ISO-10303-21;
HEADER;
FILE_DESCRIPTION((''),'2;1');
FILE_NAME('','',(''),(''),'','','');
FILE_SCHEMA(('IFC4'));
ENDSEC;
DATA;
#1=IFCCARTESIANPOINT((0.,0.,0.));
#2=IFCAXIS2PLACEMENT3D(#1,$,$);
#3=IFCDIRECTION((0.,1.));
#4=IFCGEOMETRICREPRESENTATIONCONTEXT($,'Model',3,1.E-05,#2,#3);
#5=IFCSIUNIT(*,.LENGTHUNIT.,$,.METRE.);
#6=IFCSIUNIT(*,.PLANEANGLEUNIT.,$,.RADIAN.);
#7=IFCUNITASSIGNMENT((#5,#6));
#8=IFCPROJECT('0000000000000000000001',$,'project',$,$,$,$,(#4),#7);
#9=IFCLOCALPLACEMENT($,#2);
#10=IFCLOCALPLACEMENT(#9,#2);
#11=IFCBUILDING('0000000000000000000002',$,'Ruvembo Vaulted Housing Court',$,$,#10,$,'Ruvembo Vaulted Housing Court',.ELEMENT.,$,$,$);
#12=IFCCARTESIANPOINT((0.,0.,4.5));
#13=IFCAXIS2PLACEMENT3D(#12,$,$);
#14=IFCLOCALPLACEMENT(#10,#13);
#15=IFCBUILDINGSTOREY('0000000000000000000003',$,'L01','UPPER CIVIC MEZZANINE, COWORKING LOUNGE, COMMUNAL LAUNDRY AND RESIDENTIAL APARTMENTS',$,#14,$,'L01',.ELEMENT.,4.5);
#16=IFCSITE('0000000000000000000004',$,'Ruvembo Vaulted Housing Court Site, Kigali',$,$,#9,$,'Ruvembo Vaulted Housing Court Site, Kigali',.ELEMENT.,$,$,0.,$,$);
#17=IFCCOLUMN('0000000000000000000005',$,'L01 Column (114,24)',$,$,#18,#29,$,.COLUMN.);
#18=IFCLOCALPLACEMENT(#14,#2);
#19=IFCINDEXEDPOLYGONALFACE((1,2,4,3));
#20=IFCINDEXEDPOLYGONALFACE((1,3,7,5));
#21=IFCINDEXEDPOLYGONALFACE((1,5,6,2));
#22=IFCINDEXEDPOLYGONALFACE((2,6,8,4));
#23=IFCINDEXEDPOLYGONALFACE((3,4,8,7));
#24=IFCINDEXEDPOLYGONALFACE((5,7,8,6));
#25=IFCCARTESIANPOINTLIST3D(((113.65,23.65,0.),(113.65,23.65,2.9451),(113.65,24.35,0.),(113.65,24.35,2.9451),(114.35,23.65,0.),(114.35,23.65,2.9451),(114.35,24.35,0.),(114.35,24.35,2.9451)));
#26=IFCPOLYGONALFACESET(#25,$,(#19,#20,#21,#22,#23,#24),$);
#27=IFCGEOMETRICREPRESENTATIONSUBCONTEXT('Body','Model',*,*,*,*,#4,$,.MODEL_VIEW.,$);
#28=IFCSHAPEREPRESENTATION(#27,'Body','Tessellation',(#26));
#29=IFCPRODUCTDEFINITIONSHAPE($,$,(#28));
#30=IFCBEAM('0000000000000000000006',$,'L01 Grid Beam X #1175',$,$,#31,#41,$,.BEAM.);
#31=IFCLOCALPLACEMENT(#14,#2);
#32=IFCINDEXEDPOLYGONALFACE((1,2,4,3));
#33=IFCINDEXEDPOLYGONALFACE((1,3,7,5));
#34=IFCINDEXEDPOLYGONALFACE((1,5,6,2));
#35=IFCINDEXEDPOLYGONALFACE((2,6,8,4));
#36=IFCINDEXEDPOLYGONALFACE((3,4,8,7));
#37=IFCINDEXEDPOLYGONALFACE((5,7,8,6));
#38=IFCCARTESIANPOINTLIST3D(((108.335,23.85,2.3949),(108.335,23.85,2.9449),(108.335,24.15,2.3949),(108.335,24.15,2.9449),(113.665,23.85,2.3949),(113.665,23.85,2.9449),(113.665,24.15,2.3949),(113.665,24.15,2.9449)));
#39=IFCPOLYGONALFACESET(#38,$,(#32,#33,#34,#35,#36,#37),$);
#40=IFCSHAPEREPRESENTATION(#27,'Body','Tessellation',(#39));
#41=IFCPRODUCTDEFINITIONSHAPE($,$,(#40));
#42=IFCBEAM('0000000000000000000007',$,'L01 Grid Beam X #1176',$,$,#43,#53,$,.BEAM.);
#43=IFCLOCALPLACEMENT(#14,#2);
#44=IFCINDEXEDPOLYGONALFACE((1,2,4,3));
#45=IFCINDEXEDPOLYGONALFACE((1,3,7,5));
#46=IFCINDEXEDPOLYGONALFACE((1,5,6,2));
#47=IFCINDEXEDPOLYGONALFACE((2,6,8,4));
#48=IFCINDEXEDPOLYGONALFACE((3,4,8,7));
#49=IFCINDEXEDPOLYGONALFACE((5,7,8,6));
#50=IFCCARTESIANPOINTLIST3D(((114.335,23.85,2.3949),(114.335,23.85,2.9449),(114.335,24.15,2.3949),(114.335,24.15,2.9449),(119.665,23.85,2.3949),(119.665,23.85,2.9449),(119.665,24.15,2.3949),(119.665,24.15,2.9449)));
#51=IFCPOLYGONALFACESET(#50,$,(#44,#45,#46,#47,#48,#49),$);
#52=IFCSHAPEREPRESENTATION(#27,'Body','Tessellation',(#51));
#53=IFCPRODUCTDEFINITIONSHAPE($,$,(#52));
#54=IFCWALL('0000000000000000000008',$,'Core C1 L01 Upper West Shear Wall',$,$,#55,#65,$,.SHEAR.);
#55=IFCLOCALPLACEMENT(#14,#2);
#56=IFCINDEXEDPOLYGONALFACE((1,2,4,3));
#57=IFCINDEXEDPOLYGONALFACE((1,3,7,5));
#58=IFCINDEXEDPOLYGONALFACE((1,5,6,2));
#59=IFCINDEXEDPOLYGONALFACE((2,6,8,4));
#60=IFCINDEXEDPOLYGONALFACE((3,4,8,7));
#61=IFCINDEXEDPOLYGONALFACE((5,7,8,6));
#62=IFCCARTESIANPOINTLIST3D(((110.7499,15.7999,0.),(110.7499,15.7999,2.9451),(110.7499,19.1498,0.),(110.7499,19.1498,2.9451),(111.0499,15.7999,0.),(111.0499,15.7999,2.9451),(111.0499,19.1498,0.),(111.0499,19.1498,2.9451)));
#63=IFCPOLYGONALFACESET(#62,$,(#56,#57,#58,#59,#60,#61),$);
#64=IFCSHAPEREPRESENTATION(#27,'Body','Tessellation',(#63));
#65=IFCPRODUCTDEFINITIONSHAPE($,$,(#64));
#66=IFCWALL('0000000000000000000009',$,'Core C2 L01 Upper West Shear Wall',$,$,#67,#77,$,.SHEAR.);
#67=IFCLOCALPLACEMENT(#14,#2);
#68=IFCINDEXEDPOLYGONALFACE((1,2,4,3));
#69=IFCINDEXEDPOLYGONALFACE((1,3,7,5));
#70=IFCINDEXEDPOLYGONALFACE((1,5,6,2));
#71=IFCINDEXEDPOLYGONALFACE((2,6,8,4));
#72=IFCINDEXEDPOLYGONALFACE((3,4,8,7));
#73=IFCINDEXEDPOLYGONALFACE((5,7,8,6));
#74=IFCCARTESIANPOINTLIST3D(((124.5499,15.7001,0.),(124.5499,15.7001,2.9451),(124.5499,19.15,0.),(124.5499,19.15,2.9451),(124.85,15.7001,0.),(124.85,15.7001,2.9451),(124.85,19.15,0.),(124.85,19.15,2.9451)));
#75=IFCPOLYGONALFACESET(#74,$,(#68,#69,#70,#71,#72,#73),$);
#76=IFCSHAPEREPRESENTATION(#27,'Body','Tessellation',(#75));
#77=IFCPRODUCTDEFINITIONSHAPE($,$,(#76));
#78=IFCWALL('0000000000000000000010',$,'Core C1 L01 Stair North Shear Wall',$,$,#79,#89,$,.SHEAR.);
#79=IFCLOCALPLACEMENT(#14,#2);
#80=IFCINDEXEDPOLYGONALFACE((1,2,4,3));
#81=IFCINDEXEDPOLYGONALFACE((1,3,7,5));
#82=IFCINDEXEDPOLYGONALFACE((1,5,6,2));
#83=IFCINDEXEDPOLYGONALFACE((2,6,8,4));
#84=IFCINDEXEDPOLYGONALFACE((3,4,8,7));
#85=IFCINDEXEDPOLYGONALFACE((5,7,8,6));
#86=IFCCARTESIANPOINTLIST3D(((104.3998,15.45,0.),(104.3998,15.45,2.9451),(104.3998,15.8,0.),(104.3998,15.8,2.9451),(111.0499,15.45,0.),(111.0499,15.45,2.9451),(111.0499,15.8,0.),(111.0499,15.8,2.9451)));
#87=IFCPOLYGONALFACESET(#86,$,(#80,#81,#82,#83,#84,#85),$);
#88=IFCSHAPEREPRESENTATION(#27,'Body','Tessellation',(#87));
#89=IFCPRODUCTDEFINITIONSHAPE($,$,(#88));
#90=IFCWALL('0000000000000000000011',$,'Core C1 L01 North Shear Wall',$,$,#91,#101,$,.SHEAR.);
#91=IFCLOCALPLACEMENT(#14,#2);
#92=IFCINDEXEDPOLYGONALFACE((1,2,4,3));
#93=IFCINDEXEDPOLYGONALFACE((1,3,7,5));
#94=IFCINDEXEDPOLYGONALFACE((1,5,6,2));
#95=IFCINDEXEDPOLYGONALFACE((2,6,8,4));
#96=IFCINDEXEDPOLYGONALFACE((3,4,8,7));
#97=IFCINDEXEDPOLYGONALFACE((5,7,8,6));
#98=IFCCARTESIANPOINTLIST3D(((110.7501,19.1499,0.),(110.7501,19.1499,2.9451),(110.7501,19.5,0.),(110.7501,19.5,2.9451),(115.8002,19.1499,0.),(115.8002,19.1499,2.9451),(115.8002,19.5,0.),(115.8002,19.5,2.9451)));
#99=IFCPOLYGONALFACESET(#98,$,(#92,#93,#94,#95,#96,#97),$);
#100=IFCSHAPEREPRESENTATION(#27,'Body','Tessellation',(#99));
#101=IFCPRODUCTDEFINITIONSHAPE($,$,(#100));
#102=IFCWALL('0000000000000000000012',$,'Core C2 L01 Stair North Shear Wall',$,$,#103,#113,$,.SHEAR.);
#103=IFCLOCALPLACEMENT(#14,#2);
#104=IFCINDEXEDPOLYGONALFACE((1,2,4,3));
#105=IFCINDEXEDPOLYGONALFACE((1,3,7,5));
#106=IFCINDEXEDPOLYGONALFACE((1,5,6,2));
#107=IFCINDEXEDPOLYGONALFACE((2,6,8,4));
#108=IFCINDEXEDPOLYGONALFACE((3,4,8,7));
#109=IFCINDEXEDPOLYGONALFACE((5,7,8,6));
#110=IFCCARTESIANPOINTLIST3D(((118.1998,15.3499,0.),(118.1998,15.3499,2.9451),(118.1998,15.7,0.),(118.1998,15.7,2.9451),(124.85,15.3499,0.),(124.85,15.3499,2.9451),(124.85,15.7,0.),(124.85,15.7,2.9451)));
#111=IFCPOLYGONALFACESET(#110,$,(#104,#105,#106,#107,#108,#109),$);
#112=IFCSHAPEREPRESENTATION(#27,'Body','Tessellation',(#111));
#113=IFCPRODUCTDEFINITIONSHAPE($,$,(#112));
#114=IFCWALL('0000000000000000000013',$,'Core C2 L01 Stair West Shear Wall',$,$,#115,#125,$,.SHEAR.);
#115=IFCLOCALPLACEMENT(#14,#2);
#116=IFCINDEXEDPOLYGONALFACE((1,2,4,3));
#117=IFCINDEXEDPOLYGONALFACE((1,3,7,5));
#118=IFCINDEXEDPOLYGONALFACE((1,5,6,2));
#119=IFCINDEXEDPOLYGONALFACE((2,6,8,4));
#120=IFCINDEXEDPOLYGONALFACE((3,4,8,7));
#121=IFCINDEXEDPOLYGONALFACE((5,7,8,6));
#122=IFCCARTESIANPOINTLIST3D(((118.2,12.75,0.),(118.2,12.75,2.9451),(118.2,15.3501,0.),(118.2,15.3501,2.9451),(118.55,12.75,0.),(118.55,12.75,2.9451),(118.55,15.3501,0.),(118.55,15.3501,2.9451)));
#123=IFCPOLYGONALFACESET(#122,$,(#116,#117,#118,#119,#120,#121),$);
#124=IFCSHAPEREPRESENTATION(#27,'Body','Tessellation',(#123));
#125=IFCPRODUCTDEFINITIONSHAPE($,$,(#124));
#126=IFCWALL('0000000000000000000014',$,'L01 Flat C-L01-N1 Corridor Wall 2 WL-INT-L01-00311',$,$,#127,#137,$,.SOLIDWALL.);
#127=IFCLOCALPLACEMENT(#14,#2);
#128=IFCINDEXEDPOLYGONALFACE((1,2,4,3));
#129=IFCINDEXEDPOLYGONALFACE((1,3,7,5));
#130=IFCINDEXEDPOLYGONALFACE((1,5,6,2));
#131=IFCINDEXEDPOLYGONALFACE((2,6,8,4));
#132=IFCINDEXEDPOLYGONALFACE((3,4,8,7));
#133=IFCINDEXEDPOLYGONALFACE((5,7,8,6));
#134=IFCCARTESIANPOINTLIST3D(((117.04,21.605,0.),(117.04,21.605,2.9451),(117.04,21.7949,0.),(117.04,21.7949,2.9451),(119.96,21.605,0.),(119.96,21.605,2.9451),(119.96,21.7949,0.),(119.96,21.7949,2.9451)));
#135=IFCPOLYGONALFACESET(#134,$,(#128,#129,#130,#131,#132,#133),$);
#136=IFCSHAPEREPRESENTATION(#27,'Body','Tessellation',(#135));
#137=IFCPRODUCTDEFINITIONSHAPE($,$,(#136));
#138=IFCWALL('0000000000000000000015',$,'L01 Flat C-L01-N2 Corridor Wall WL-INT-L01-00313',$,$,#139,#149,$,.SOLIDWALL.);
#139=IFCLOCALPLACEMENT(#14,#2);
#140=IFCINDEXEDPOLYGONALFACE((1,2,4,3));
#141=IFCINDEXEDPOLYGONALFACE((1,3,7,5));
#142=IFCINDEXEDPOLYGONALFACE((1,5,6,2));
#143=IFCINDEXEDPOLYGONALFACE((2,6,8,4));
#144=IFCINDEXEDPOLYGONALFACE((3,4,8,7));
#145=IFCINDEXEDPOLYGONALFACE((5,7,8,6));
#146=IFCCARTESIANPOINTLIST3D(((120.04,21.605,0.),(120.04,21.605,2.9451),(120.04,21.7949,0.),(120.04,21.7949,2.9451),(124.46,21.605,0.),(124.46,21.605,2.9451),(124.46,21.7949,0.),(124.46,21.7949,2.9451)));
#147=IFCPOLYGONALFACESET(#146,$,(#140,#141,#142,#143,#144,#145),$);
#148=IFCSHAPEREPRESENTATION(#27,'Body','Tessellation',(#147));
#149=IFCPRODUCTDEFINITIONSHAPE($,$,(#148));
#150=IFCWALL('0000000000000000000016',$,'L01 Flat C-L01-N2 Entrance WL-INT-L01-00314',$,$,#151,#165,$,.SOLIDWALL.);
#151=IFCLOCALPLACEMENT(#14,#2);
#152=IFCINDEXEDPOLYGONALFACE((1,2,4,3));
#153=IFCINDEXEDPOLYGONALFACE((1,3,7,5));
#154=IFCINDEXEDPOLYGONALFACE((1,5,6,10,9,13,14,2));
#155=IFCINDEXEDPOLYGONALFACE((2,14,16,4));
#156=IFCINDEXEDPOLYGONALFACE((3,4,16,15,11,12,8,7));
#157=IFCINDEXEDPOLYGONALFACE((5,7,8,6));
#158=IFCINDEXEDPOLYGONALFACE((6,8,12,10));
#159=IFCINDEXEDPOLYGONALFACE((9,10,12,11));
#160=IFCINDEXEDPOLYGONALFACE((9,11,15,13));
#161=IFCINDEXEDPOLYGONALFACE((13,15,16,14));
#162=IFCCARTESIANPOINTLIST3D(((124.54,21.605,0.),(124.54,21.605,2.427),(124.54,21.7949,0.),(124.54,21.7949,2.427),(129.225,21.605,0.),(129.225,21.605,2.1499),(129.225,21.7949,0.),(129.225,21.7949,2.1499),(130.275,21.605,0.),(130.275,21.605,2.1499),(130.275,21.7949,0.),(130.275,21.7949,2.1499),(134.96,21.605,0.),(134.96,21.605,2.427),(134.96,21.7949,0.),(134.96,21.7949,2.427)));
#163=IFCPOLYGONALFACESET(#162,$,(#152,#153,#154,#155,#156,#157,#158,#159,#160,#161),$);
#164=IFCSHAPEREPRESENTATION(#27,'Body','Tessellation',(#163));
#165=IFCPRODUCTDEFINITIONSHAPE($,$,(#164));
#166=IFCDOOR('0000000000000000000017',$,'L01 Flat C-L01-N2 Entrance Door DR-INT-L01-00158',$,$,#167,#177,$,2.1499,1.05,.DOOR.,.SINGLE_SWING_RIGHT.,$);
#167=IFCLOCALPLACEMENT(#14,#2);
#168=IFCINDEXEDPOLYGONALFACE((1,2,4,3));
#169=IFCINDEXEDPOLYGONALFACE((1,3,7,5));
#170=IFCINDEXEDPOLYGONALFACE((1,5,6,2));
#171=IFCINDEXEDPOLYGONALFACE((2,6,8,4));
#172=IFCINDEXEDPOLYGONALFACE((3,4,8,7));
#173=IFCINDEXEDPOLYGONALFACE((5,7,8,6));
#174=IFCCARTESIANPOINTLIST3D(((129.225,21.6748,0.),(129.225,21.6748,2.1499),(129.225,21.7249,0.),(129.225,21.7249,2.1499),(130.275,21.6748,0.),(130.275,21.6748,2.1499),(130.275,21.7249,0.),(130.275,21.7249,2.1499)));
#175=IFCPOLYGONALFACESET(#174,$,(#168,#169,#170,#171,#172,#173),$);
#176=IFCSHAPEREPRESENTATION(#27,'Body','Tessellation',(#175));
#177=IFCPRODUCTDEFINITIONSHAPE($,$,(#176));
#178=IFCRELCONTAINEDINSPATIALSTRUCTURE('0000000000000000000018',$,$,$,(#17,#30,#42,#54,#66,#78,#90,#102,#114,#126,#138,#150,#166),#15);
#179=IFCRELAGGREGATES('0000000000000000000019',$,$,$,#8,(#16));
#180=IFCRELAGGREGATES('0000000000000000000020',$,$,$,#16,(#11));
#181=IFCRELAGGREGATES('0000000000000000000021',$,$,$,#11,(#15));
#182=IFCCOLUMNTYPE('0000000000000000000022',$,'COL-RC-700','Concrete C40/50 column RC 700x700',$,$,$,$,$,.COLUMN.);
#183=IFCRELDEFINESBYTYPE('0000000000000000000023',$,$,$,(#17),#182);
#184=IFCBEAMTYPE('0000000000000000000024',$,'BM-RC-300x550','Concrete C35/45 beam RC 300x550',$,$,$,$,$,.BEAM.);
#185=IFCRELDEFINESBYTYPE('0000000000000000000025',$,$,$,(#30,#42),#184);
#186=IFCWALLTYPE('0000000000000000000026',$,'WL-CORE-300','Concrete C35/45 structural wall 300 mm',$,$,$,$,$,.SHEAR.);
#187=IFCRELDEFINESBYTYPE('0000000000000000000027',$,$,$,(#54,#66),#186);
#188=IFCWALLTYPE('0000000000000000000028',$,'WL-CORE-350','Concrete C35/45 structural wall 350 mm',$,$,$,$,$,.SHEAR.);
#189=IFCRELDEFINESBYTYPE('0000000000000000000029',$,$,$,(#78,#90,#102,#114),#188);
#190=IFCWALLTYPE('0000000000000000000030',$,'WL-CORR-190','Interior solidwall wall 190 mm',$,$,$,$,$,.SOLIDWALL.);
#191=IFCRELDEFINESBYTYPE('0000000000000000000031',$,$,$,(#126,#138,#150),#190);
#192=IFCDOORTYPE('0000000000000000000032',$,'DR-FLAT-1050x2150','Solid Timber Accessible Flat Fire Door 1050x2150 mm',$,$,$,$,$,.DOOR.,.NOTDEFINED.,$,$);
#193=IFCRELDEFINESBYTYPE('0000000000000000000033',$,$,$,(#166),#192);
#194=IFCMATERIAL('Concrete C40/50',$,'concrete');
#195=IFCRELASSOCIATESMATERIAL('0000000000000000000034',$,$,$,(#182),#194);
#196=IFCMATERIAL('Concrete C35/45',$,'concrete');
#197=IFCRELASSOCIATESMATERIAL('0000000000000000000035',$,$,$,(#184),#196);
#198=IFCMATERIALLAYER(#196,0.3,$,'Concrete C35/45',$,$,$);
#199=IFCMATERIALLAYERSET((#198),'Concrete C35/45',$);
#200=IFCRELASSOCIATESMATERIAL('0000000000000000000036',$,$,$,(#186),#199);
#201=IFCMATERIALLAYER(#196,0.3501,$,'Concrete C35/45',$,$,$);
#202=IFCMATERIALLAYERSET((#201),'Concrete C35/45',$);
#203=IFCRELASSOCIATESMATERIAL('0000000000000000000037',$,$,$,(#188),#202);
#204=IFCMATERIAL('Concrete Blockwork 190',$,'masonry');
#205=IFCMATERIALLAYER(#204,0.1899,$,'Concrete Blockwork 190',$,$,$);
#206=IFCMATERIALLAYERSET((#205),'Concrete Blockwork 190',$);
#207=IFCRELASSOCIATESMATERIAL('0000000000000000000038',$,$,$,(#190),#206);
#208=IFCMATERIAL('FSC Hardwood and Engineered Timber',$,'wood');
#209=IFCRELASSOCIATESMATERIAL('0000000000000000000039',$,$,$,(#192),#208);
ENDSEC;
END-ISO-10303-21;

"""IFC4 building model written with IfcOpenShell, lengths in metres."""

from ifc_helpers import new_model, si_unit, direction, frame, frame_2d, origin, origin_2d, place, context, subcontext, project, spatial, rectangle, extrude, material, layer, layer_set, material_profile, profile_set, type_object, element, fill, save


model = new_model("IFC4")

# Units and contexts
model_context = context("Model", 3, precision=1e-05, world=origin(), true_north=direction((0.0, 1.0)))
body_context = subcontext(model_context, "Body", "Model", "MODEL_VIEW")
ifc_project = project(units=[si_unit("LENGTHUNIT", "METRE"), si_unit("PLANEANGLEUNIT", "RADIAN")], contexts=[model_context])

# Site, building, storey
site_placement = place(None, origin())
site = spatial("IfcSite", under=ifc_project, at=site_placement, Name="Ruvembo Vaulted Housing Court Site, Kigali", LongName="Ruvembo Vaulted Housing Court Site, Kigali", CompositionType="ELEMENT", RefElevation=0.0)
building_placement = place(site_placement, origin())
building = spatial("IfcBuilding", under=site, at=building_placement, Name="Ruvembo Vaulted Housing Court", LongName="Ruvembo Vaulted Housing Court", CompositionType="ELEMENT")
storey_placement = place(building_placement, frame((0.0, 0.0, 4.5)))
storey = spatial("IfcBuildingStorey", under=building, at=storey_placement, Name="L01", Description="UPPER CIVIC MEZZANINE, COWORKING LOUNGE, COMMUNAL LAUNDRY AND RESIDENTIAL APARTMENTS", LongName="L01", CompositionType="ELEMENT", Elevation=4.5)

# Column
ifc_material_1 = material(Name="Concrete C40/50", Category="concrete")
ifc_material_profile_1 = material_profile(ifc_material_1, rectangle(XDim=0.7, YDim=0.7, at=origin_2d()), Name="RC 700x700")
ifc_profile_set_1 = profile_set([ifc_material_profile_1], Name="Concrete C40/50")
column_type = type_object("IfcColumnType", Name="COL-RC-700", Description="Concrete C40/50 column RC 700x700", PredefinedType="COLUMN", material=ifc_profile_set_1)
column_placement = place(storey_placement, frame((114.0, 24.0, 0.0), z_axis=(0.0, 0.0, 1.0), x_axis=(1.0, 0.0, 0.0)))
element("IfcColumn", 1, at=column_placement, inside=storey, type_object=column_type, Name="L01 Column (114,24)", PredefinedType="COLUMN", context=body_context, shape_type="SweptSolid", body=[
    extrude(rectangle(XDim=0.7, YDim=0.7, at=origin_2d()), origin(), (0.0, 0.0, 1.0), 2.9451),
])

# Beams
ifc_material_2 = material(Name="Concrete C35/45", Category="concrete")
ifc_material_profile_2 = material_profile(ifc_material_2, rectangle(XDim=0.3, YDim=0.55, at=origin_2d()), Name="RC 300x550")
ifc_profile_set_2 = profile_set([ifc_material_profile_2], Name="Concrete C35/45")
beam_type = type_object("IfcBeamType", Name="BM-RC-300x550", Description="Concrete C35/45 beam RC 300x550", PredefinedType="BEAM", material=ifc_profile_set_2)
for number, where, z_axis, x_axis, name in (
    (2, (108.335, 24.0, 2.6699), (1.0, 0.0, 0.0), (0.0, 1.0, 0.0), "L01 Grid Beam X #1175"),
    (3, (114.335, 24.0, 2.6699), (1.0, 0.0, 0.0), (0.0, 1.0, 0.0), "L01 Grid Beam X #1176"),
):
    element("IfcBeam", number, at=place(storey_placement, frame(where, z_axis=z_axis, x_axis=x_axis)), inside=storey, type_object=beam_type, Name=name, PredefinedType="BEAM", context=body_context, shape_type="SweptSolid", body=[
        extrude(rectangle(XDim=0.3, YDim=0.55, at=origin_2d()), origin(), (0.0, 0.0, 1.0), 5.3301),
    ])

# Walls
ifc_layer_1 = layer(ifc_material_2, 0.3, Name="Concrete C35/45")
ifc_layer_set_1 = layer_set([ifc_layer_1], Name="Concrete C35/45")
wall_type_1 = type_object("IfcWallType", Name="WL-CORE-300", Description="Concrete C35/45 structural wall 300 mm", PredefinedType="SHEAR", material=ifc_layer_set_1)
wall_1_placement = place(storey_placement, frame((110.8999, 15.8, 0.0), z_axis=(0.0, 0.0, 1.0), x_axis=(0.0, 1.0, 0.0)))
element("IfcWall", 4, at=wall_1_placement, inside=storey, type_object=wall_type_1, Name="Core C1 L01 Upper West Shear Wall", PredefinedType="SHEAR", context=body_context, shape_type="SweptSolid", body=[
    extrude(rectangle(XDim=3.3499, YDim=0.3, at=frame_2d((1.6748, 0.0))), origin(), (0.0, 0.0, 1.0), 2.9451),
])
wall_2_placement = place(storey_placement, frame((124.7, 15.7, 0.0), z_axis=(0.0, 0.0, 1.0), x_axis=(0.0, 1.0, 0.0)))
element("IfcWall", 5, at=wall_2_placement, inside=storey, type_object=wall_type_1, Name="Core C2 L01 Upper West Shear Wall", PredefinedType="SHEAR", context=body_context, shape_type="SweptSolid", body=[
    extrude(rectangle(XDim=3.45, YDim=0.3, at=frame_2d((1.7251, 0.0))), origin(), (0.0, 0.0, 1.0), 2.9451),
])
ifc_layer_2 = layer(ifc_material_2, 0.3501, Name="Concrete C35/45")
ifc_layer_set_2 = layer_set([ifc_layer_2], Name="Concrete C35/45")
wall_type_2 = type_object("IfcWallType", Name="WL-CORE-350", Description="Concrete C35/45 structural wall 350 mm", PredefinedType="SHEAR", material=ifc_layer_set_2)
wall_3_placement = place(storey_placement, frame((111.05, 15.625, 0.0), z_axis=(0.0, 0.0, 1.0), x_axis=(-1.0, 0.0, 0.0)))
element("IfcWall", 6, at=wall_3_placement, inside=storey, type_object=wall_type_2, Name="Core C1 L01 Stair North Shear Wall", PredefinedType="SHEAR", context=body_context, shape_type="SweptSolid", body=[
    extrude(rectangle(XDim=6.6501, YDim=0.3501, at=frame_2d((3.3252, 0.0))), origin(), (0.0, 0.0, 1.0), 2.9451),
])
wall_4_placement = place(storey_placement, frame((115.8, 19.325, 0.0), z_axis=(0.0, 0.0, 1.0), x_axis=(-1.0, 0.0, 0.0)))
element("IfcWall", 7, at=wall_4_placement, inside=storey, type_object=wall_type_2, Name="Core C1 L01 North Shear Wall", PredefinedType="SHEAR", context=body_context, shape_type="SweptSolid", body=[
    extrude(rectangle(XDim=5.05, YDim=0.3501, at=frame_2d((2.5249, 0.0))), origin(), (0.0, 0.0, 1.0), 2.9451),
])
wall_5_placement = place(storey_placement, frame((124.8501, 15.5249, 0.0), z_axis=(0.0, 0.0, 1.0), x_axis=(-1.0, 0.0, 0.0)))
element("IfcWall", 8, at=wall_5_placement, inside=storey, type_object=wall_type_2, Name="Core C2 L01 Stair North Shear Wall", PredefinedType="SHEAR", context=body_context, shape_type="SweptSolid", body=[
    extrude(rectangle(XDim=6.6501, YDim=0.3501, at=frame_2d((3.3252, 0.0))), origin(), (0.0, 0.0, 1.0), 2.9451),
])
wall_6_placement = place(storey_placement, frame((118.375, 15.3501, 0.0), z_axis=(0.0, 0.0, 1.0), x_axis=(0.0, -1.0, 0.0)))
element("IfcWall", 9, at=wall_6_placement, inside=storey, type_object=wall_type_2, Name="Core C2 L01 Stair West Shear Wall", PredefinedType="SHEAR", context=body_context, shape_type="SweptSolid", body=[
    extrude(rectangle(XDim=2.6001, YDim=0.3501, at=frame_2d((1.3, 0.0))), origin(), (0.0, 0.0, 1.0), 2.9451),
])
ifc_material_3 = material(Name="Concrete Blockwork 190", Category="masonry")
ifc_layer_3 = layer(ifc_material_3, 0.1899, Name="Concrete Blockwork 190")
ifc_layer_set_3 = layer_set([ifc_layer_3], Name="Concrete Blockwork 190")
wall_type_3 = type_object("IfcWallType", Name="WL-CORR-190", Description="Interior solidwall wall 190 mm", PredefinedType="SOLIDWALL", material=ifc_layer_set_3)
wall_7_placement = place(storey_placement, frame((117.04, 21.7, 0.0), z_axis=(0.0, 0.0, 1.0), x_axis=(1.0, 0.0, 0.0)))
element("IfcWall", 10, at=wall_7_placement, inside=storey, type_object=wall_type_3, Name="L01 Flat C-L01-N1 Corridor Wall 2 WL-INT-L01-00311", PredefinedType="SOLIDWALL", context=body_context, shape_type="SweptSolid", body=[
    extrude(rectangle(XDim=2.9199, YDim=0.1899, at=frame_2d((1.46, 0.0))), origin(), (0.0, 0.0, 1.0), 2.9451),
])
wall_8_placement = place(storey_placement, frame((120.04, 21.7, 0.0), z_axis=(0.0, 0.0, 1.0), x_axis=(1.0, 0.0, 0.0)))
element("IfcWall", 11, at=wall_8_placement, inside=storey, type_object=wall_type_3, Name="L01 Flat C-L01-N2 Corridor Wall WL-INT-L01-00313", PredefinedType="SOLIDWALL", context=body_context, shape_type="SweptSolid", body=[
    extrude(rectangle(XDim=4.4199, YDim=0.1899, at=frame_2d((2.21, 0.0))), origin(), (0.0, 0.0, 1.0), 2.9451),
])

# Wall, opening, door
wall_9_placement = place(storey_placement, frame((124.54, 21.7, 0.0), z_axis=(0.0, 0.0, 1.0), x_axis=(1.0, 0.0, 0.0)))
wall_9 = element("IfcWall", 12, at=wall_9_placement, inside=storey, type_object=wall_type_3, Name="L01 Flat C-L01-N2 Entrance WL-INT-L01-00314", PredefinedType="SOLIDWALL", context=body_context, shape_type="SweptSolid", body=[
    extrude(rectangle(XDim=10.4199, YDim=0.1899, at=frame_2d((5.21, 0.0))), origin(), (0.0, 0.0, 1.0), 2.427),
])
opening_1_placement = place(wall_9_placement, frame((4.6851, 0.0, 0.0)))
opening_1 = element("IfcOpeningElement", 13, at=opening_1_placement, cuts=wall_9, PredefinedType="OPENING", context=body_context, shape_type="SweptSolid", body=[
    extrude(rectangle(XDim=1.05, YDim=2.1499, at=frame_2d((0.5249, 1.075))), frame((0.0, 0.105, 0.0), z_axis=(0.0, -1.0, 0.0), x_axis=(1.0, 0.0, 0.0)), (0.0, 0.0, 1.0), 0.21),
])
ifc_material_4 = material(Name="FSC Hardwood and Engineered Timber", Category="wood")
door_type_1 = type_object("IfcDoorType", Name="DR-FLAT-1050x2150", Description="Solid Timber Accessible Flat Fire Door 1050x2150 mm", OperationType="NOTDEFINED", PredefinedType="DOOR", material=ifc_material_4)
door_1_placement = place(opening_1_placement, origin())
door_1 = element("IfcDoor", 14, at=door_1_placement, inside=storey, type_object=door_type_1, Name="L01 Flat C-L01-N2 Entrance Door DR-INT-L01-00158", OperationType="SINGLE_SWING_RIGHT", OverallHeight=2.1499, OverallWidth=1.05, PredefinedType="DOOR", context=body_context, shape_type="SweptSolid", body=[
    extrude(rectangle(XDim=1.05, YDim=2.1499, at=frame_2d((0.5249, 1.075))), frame((0.0, 0.0249, 0.0), z_axis=(0.0, -1.0, 0.0), x_axis=(1.0, 0.0, 0.0)), (0.0, 0.0, 1.0), 0.05),
])
fill(opening_1, door_1)

save(model, "model.ifc")
